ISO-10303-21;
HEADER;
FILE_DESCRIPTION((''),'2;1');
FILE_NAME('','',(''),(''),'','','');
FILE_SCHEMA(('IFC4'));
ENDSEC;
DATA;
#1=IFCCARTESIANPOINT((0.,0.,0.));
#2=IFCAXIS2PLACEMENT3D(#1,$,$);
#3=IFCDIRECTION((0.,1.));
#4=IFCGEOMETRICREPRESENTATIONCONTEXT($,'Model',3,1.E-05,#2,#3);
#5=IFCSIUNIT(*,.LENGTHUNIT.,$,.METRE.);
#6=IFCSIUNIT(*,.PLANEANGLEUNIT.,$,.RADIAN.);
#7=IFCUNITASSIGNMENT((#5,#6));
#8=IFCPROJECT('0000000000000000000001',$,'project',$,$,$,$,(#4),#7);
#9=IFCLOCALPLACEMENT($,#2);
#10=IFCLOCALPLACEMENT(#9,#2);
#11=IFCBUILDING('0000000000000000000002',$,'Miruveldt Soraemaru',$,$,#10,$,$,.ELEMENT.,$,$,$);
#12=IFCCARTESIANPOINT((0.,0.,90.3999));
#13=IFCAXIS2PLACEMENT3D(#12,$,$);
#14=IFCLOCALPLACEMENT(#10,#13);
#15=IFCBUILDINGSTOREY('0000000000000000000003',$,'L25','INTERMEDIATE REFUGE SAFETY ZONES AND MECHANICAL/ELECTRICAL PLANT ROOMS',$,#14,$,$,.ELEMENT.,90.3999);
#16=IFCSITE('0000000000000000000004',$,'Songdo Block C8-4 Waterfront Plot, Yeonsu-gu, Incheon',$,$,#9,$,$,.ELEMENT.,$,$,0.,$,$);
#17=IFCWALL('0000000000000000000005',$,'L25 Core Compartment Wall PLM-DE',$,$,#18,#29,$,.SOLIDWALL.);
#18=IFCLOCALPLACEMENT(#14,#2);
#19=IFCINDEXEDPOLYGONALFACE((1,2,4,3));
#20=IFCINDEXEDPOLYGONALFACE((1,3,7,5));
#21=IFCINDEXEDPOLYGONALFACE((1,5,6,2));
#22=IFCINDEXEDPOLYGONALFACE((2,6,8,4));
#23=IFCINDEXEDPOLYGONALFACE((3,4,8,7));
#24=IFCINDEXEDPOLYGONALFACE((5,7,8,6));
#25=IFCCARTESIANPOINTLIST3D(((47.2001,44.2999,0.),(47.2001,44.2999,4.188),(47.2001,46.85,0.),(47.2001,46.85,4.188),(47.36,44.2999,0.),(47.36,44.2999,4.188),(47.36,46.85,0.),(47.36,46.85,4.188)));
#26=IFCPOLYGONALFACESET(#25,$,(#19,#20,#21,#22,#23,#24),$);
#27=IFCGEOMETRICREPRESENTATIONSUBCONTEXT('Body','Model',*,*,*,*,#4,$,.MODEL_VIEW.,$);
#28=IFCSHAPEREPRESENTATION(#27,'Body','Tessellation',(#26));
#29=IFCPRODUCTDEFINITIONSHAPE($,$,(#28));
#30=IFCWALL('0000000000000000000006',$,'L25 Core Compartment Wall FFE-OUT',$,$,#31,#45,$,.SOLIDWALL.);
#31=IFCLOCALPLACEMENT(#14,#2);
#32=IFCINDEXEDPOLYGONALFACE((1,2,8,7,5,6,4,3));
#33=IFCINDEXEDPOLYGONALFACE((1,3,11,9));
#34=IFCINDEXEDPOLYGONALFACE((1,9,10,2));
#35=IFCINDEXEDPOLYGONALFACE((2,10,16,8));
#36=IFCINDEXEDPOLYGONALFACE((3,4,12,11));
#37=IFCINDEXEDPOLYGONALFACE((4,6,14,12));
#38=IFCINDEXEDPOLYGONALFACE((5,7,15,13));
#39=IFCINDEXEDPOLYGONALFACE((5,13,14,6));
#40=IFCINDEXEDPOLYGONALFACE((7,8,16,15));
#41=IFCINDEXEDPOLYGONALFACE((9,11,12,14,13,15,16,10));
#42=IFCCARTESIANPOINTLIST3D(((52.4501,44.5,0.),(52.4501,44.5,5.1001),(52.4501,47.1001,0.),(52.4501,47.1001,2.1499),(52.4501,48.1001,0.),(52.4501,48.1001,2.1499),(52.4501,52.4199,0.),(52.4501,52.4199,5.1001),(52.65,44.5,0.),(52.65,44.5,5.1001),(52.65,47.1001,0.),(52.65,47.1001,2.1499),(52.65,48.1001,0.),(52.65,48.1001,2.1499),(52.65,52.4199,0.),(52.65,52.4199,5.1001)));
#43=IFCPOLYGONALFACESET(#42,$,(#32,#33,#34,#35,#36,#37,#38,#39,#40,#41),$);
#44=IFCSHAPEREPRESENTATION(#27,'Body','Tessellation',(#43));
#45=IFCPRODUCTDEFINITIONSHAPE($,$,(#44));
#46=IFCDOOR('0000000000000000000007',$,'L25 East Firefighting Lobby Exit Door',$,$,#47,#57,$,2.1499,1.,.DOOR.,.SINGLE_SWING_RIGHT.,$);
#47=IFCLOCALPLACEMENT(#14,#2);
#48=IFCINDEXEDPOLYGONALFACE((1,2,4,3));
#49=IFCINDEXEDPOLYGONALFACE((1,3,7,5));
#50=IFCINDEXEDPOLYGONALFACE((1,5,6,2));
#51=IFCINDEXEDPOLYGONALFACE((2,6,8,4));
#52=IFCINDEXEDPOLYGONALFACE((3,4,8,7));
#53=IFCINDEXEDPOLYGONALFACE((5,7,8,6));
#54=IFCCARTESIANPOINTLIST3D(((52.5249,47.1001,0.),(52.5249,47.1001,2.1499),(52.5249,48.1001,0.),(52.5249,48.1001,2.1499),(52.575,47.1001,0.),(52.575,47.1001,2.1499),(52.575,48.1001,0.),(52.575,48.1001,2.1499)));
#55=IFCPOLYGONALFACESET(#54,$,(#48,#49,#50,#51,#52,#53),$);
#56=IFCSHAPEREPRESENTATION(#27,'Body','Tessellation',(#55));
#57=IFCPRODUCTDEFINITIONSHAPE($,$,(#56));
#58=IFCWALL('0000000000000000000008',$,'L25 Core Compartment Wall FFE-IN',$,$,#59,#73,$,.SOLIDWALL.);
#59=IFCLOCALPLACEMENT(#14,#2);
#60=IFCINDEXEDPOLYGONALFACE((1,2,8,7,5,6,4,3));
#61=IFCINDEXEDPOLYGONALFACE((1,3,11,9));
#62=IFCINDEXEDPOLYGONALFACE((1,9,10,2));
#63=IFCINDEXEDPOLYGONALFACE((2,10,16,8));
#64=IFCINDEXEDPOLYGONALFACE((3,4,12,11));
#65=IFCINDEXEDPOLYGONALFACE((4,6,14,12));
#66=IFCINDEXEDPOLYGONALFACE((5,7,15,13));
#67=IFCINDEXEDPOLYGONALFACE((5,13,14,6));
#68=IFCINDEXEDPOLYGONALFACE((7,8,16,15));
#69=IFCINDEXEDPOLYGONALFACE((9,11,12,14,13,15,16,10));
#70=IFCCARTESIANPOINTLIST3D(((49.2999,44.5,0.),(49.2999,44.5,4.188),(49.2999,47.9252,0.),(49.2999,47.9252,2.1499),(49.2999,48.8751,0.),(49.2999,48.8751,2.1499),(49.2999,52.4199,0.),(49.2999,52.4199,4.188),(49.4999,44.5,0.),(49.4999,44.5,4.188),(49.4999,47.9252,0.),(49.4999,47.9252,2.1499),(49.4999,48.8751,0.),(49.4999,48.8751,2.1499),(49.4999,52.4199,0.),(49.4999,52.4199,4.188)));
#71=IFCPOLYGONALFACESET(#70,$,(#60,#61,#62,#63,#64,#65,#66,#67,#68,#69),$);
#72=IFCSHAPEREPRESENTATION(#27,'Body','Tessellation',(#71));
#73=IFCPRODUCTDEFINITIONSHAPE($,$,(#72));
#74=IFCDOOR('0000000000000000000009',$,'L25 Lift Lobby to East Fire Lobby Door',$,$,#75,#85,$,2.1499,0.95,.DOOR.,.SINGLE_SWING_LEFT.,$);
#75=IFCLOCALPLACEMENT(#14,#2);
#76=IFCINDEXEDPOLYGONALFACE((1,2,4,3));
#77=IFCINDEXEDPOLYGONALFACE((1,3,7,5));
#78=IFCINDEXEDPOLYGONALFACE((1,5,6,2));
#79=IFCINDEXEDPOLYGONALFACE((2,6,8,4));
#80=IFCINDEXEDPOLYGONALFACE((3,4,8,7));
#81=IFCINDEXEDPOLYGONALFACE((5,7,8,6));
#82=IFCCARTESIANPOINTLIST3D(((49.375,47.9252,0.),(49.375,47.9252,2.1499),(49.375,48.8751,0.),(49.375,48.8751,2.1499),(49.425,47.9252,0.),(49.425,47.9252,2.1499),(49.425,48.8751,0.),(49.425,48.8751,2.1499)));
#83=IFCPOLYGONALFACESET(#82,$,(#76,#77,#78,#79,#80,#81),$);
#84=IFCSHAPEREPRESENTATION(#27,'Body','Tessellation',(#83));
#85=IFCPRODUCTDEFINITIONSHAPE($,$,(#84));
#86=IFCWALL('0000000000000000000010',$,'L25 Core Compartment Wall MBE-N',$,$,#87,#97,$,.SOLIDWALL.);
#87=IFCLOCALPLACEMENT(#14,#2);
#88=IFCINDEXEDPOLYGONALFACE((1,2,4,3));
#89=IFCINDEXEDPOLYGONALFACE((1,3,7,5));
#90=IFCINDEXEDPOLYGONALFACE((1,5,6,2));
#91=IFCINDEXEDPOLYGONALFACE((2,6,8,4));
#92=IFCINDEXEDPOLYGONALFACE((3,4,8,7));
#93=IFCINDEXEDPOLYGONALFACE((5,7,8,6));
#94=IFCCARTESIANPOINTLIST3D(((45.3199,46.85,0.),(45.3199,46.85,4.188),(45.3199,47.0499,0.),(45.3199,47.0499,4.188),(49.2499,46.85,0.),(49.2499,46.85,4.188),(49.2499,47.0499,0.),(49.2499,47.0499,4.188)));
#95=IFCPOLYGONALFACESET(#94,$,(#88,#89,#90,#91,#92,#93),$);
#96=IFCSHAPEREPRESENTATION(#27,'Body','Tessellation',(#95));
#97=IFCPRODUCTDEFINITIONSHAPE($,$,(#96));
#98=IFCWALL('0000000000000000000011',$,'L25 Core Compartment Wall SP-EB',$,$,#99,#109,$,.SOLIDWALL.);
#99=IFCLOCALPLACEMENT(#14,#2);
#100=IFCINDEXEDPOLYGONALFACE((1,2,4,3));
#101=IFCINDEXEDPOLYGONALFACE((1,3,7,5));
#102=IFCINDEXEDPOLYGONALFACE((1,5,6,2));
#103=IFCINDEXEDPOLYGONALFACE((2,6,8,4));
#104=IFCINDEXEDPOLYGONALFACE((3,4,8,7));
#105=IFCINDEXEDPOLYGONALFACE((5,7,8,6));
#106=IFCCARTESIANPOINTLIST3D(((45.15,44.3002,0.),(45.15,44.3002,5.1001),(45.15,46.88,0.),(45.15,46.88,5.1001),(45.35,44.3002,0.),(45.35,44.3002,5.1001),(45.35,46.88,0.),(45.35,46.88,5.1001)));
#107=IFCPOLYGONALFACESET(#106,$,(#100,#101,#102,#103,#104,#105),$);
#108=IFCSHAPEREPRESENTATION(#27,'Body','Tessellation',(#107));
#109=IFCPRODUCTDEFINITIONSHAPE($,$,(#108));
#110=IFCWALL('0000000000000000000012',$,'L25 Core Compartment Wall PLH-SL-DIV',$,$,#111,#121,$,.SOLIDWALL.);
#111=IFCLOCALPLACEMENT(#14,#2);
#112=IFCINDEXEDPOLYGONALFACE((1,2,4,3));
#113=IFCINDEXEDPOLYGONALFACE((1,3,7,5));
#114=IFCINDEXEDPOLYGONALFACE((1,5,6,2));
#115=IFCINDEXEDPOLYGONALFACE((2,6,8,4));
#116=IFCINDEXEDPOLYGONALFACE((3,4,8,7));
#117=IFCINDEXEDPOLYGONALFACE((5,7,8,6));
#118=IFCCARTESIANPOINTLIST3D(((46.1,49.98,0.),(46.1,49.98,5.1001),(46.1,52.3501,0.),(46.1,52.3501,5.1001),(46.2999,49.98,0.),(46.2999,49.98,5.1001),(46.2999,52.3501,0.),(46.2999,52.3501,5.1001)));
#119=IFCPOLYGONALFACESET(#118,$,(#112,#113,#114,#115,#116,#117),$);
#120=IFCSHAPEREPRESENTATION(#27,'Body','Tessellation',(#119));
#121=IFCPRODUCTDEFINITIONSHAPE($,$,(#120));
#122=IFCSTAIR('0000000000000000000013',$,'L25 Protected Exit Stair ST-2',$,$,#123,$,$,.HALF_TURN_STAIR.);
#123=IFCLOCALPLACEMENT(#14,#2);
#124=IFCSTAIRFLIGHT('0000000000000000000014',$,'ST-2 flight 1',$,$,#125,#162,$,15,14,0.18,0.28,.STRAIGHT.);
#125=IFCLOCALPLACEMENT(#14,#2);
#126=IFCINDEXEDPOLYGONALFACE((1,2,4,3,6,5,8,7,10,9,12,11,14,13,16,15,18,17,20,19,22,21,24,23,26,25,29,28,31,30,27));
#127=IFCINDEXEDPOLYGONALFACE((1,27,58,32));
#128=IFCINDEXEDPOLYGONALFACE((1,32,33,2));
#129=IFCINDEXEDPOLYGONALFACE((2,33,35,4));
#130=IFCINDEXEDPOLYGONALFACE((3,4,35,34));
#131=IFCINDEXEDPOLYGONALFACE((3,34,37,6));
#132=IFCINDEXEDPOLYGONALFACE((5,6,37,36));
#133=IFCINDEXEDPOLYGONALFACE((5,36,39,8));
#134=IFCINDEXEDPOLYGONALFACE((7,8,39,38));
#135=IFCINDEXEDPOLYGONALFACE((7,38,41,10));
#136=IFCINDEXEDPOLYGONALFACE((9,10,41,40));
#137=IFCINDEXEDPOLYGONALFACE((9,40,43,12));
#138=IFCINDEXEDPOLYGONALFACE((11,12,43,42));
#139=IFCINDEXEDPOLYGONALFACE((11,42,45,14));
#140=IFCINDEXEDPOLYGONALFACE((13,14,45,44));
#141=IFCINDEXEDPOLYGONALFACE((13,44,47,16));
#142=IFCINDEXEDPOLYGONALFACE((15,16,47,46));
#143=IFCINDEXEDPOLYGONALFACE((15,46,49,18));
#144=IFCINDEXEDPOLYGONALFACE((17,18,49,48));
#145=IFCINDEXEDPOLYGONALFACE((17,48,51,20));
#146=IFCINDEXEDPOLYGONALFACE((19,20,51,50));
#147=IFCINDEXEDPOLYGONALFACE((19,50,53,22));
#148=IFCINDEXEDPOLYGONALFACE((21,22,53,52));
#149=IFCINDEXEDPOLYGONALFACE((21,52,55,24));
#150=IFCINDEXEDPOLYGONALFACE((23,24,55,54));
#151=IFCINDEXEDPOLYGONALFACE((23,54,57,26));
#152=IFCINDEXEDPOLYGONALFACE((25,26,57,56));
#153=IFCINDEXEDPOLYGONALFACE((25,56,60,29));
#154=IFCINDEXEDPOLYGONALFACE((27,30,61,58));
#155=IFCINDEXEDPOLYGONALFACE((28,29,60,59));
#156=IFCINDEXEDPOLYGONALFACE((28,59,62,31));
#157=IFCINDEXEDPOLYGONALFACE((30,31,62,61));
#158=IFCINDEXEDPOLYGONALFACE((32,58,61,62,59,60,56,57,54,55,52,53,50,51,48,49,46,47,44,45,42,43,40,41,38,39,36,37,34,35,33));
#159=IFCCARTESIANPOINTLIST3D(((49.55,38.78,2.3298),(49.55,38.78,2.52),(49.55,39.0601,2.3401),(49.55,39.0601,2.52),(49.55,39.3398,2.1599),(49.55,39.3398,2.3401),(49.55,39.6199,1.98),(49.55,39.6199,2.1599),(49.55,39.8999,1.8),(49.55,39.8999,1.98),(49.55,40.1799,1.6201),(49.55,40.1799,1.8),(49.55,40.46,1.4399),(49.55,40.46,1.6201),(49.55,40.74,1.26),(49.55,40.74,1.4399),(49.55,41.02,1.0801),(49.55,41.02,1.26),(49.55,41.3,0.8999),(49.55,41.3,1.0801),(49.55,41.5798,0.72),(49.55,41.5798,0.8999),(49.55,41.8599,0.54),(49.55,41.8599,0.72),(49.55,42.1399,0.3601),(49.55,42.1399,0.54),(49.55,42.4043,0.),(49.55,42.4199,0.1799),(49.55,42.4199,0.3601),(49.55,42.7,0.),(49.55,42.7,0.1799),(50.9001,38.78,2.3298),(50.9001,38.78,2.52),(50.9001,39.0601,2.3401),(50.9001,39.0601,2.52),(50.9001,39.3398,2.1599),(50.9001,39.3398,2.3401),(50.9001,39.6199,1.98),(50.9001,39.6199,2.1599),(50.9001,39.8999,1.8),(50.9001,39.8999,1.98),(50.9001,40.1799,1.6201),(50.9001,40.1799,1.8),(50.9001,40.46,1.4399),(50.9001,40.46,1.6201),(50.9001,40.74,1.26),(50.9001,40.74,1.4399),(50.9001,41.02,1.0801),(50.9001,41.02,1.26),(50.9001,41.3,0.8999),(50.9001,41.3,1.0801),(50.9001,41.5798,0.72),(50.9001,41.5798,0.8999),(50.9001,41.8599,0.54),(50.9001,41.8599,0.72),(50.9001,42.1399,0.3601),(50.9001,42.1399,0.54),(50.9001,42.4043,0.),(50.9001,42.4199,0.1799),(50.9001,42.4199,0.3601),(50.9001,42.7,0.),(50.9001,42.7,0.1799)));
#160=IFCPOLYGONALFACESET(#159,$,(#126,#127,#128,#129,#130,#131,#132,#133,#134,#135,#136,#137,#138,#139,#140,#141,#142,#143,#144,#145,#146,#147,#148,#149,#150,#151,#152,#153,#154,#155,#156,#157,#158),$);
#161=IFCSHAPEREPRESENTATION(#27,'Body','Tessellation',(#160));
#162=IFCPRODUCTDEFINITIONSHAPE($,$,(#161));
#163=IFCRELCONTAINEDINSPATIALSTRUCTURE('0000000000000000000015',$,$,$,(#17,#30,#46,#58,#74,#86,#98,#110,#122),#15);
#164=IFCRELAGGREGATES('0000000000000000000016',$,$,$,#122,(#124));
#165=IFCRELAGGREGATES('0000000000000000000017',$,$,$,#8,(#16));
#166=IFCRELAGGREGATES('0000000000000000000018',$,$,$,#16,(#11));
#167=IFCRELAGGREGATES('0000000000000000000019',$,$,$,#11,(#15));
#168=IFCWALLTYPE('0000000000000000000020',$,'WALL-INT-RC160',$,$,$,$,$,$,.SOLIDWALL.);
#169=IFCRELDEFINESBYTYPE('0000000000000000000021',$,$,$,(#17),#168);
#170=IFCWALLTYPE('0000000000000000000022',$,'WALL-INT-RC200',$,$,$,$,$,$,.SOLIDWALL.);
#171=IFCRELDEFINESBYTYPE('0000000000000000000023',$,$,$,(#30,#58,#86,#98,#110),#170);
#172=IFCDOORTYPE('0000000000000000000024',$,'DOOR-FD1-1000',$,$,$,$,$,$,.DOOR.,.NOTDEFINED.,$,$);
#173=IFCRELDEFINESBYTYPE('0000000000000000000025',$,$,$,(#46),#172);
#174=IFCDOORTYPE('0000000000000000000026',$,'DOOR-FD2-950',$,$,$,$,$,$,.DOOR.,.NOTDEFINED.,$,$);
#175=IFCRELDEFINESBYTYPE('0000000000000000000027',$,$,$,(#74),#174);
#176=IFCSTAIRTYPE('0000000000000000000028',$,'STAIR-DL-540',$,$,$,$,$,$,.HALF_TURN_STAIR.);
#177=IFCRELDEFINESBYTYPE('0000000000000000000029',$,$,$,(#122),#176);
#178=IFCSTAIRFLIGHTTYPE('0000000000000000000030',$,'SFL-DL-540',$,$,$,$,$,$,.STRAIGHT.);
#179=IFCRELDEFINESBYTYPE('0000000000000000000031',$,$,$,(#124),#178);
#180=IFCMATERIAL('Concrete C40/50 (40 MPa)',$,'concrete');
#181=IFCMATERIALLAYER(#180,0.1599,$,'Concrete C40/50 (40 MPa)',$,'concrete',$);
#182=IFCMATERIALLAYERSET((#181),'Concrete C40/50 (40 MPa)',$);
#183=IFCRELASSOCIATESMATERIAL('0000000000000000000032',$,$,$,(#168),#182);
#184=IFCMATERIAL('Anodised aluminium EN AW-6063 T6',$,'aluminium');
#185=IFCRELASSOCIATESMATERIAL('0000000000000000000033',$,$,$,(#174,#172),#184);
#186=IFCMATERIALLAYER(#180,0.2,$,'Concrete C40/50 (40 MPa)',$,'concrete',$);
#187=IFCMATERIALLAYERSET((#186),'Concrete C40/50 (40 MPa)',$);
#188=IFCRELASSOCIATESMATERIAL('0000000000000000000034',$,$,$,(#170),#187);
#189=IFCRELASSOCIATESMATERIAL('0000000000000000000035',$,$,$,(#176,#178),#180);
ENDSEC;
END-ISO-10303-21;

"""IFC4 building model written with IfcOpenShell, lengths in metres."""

from ifc_helpers import new_model, si_unit, direction, frame, frame_2d, origin, place, context, subcontext, project, spatial, polyline, rectangle, outline, extrude, material, layer, layer_set, type_object, element, fill, aggregate, save


model = new_model("IFC4")

# Units and contexts
model_context = context("Model", 3, precision=1e-05, world=origin(), true_north=direction((0.0, 1.0)))
body_context = subcontext(model_context, "Body", "Model", "MODEL_VIEW")
ifc_project = project(units=[si_unit("LENGTHUNIT", "METRE"), si_unit("PLANEANGLEUNIT", "RADIAN")], contexts=[model_context])

# Site, building, storey
site_placement = place(None, origin())
site = spatial("IfcSite", under=ifc_project, at=site_placement, Name="Songdo Block C8-4 Waterfront Plot, Yeonsu-gu, Incheon", CompositionType="ELEMENT", RefElevation=0.0)
building_placement = place(site_placement, origin())
building = spatial("IfcBuilding", under=site, at=building_placement, Name="Miruveldt Soraemaru", CompositionType="ELEMENT")
storey_placement = place(building_placement, frame((0.0, 0.0, 90.3999)))
storey = spatial("IfcBuildingStorey", under=building, at=storey_placement, Name="L25", Description="INTERMEDIATE REFUGE SAFETY ZONES AND MECHANICAL/ELECTRICAL PLANT ROOMS", CompositionType="ELEMENT", Elevation=90.3999)

# Shared definitions
ifc_material_1 = material(Name="Concrete C40/50 (40 MPa)", Category="concrete")
ifc_layer_1 = layer(ifc_material_1, 0.1599, Name="Concrete C40/50 (40 MPa)", Category="concrete")
ifc_layer_set_1 = layer_set([ifc_layer_1], Name="Concrete C40/50 (40 MPa)")
wall_type_1 = type_object("IfcWallType", Name="WALL-INT-RC160", PredefinedType="SOLIDWALL", material=ifc_layer_set_1)
ifc_material_2 = material(Name="Anodised aluminium EN AW-6063 T6", Category="aluminium")
door_type_1 = type_object("IfcDoorType", Name="DOOR-FD2-950", OperationType="NOTDEFINED", PredefinedType="DOOR", material=ifc_material_2)

# Wall
wall_1_placement = place(storey_placement, frame((47.28, 44.3, 0.0), z_axis=(0.0, 0.0, 1.0), x_axis=(0.0, 1.0, 0.0)))
element("IfcWall", 1, at=wall_1_placement, inside=storey, type_object=wall_type_1, Name="L25 Core Compartment Wall PLM-DE", PredefinedType="SOLIDWALL", context=body_context, shape_type="SweptSolid", body=[
    extrude(rectangle(XDim=2.55, YDim=0.1599, at=frame_2d((1.2749, 0.0))), origin(), (0.0, 0.0, 1.0), 4.188),
])

# Walls, openings, doors
ifc_layer_2 = layer(ifc_material_1, 0.2, Name="Concrete C40/50 (40 MPa)", Category="concrete")
ifc_layer_set_2 = layer_set([ifc_layer_2], Name="Concrete C40/50 (40 MPa)")
wall_type_2 = type_object("IfcWallType", Name="WALL-INT-RC200", PredefinedType="SOLIDWALL", material=ifc_layer_set_2)
wall_2_placement = place(storey_placement, frame((52.55, 44.5, 0.0), z_axis=(0.0, 0.0, 1.0), x_axis=(0.0, 1.0, 0.0)))
wall_2 = element("IfcWall", 2, at=wall_2_placement, inside=storey, type_object=wall_type_2, Name="L25 Core Compartment Wall FFE-OUT", PredefinedType="SOLIDWALL", context=body_context, shape_type="SweptSolid", body=[
    extrude(rectangle(XDim=7.9199, YDim=0.2, at=frame_2d((3.96, 0.0))), origin(), (0.0, 0.0, 1.0), 5.1001),
])
opening_1_placement = place(wall_2_placement, frame((2.6001, 0.0, 0.0)))
opening_1 = element("IfcOpeningElement", 3, at=opening_1_placement, cuts=wall_2, PredefinedType="OPENING", context=body_context, shape_type="SweptSolid", body=[
    extrude(rectangle(XDim=1.0, YDim=2.1499, at=frame_2d((0.5, 1.075))), frame((0.0, 0.1099, 0.0), z_axis=(0.0, -1.0, 0.0), x_axis=(1.0, 0.0, 0.0)), (0.0, 0.0, 1.0), 0.22),
])
door_type_2 = type_object("IfcDoorType", Name="DOOR-FD1-1000", OperationType="NOTDEFINED", PredefinedType="DOOR", material=ifc_material_2)
door_1_placement = place(opening_1_placement, frame((1.0, 0.0, 0.0), z_axis=(0.0, 0.0, 1.0), x_axis=(-1.0, 0.0, 0.0)))
door_1 = element("IfcDoor", 4, at=door_1_placement, inside=storey, type_object=door_type_2, Name="L25 East Firefighting Lobby Exit Door", OperationType="SINGLE_SWING_RIGHT", OverallHeight=2.1499, OverallWidth=1.0, PredefinedType="DOOR", context=body_context, shape_type="SweptSolid", body=[
    extrude(rectangle(XDim=1.0, YDim=2.1499, at=frame_2d((0.5, 1.075))), frame((0.0, 0.0249, 0.0), z_axis=(0.0, -1.0, 0.0), x_axis=(1.0, 0.0, 0.0)), (0.0, 0.0, 1.0), 0.05),
])
fill(opening_1, door_1)
wall_3_placement = place(storey_placement, frame((49.3999, 44.5, 0.0), z_axis=(0.0, 0.0, 1.0), x_axis=(0.0, 1.0, 0.0)))
wall_3 = element("IfcWall", 5, at=wall_3_placement, inside=storey, type_object=wall_type_2, Name="L25 Core Compartment Wall FFE-IN", PredefinedType="SOLIDWALL", context=body_context, shape_type="SweptSolid", body=[
    extrude(rectangle(XDim=7.9199, YDim=0.2, at=frame_2d((3.96, 0.0))), origin(), (0.0, 0.0, 1.0), 4.188),
])
opening_2_placement = place(wall_3_placement, frame((3.425, 0.0, 0.0)))
opening_2 = element("IfcOpeningElement", 6, at=opening_2_placement, cuts=wall_3, PredefinedType="OPENING", context=body_context, shape_type="SweptSolid", body=[
    extrude(rectangle(XDim=0.95, YDim=2.1499, at=frame_2d((0.4751, 1.075))), frame((0.0, 0.1099, 0.0), z_axis=(0.0, -1.0, 0.0), x_axis=(1.0, 0.0, 0.0)), (0.0, 0.0, 1.0), 0.22),
])
door_2_placement = place(opening_2_placement, origin())
door_2 = element("IfcDoor", 7, at=door_2_placement, inside=storey, type_object=door_type_1, Name="L25 Lift Lobby to East Fire Lobby Door", OperationType="SINGLE_SWING_LEFT", OverallHeight=2.1499, OverallWidth=0.95, PredefinedType="DOOR", context=body_context, shape_type="SweptSolid", body=[
    extrude(rectangle(XDim=0.95, YDim=2.1499, at=frame_2d((0.4751, 1.075))), frame((0.0, 0.0249, 0.0), z_axis=(0.0, -1.0, 0.0), x_axis=(1.0, 0.0, 0.0)), (0.0, 0.0, 1.0), 0.05),
])
fill(opening_2, door_2)

# Walls
wall_4_placement = place(storey_placement, frame((45.3201, 46.95, 0.0), z_axis=(0.0, 0.0, 1.0), x_axis=(1.0, 0.0, 0.0)))
element("IfcWall", 8, at=wall_4_placement, inside=storey, type_object=wall_type_2, Name="L25 Core Compartment Wall MBE-N", PredefinedType="SOLIDWALL", context=body_context, shape_type="SweptSolid", body=[
    extrude(rectangle(XDim=3.9299, YDim=0.2, at=frame_2d((1.9648, 0.0))), origin(), (0.0, 0.0, 1.0), 4.188),
])
wall_5_placement = place(storey_placement, frame((45.25, 44.3, 0.0), z_axis=(0.0, 0.0, 1.0), x_axis=(0.0, 1.0, 0.0)))
element("IfcWall", 9, at=wall_5_placement, inside=storey, type_object=wall_type_2, Name="L25 Core Compartment Wall SP-EB", PredefinedType="SOLIDWALL", context=body_context, shape_type="SweptSolid", body=[
    extrude(rectangle(XDim=2.5798, YDim=0.2, at=frame_2d((1.29, 0.0))), origin(), (0.0, 0.0, 1.0), 5.1001),
])
wall_6_placement = place(storey_placement, frame((46.2, 49.98, 0.0), z_axis=(0.0, 0.0, 1.0), x_axis=(0.0, 1.0, 0.0)))
element("IfcWall", 10, at=wall_6_placement, inside=storey, type_object=wall_type_2, Name="L25 Core Compartment Wall PLH-SL-DIV", PredefinedType="SOLIDWALL", context=body_context, shape_type="SweptSolid", body=[
    extrude(rectangle(XDim=2.3701, YDim=0.2, at=frame_2d((1.1851, 0.0))), origin(), (0.0, 0.0, 1.0), 5.1001),
])

# Stair, stair flight
stair_type = type_object("IfcStairType", Name="STAIR-DL-540", PredefinedType="HALF_TURN_STAIR", material=ifc_material_1)
stair_placement = place(storey_placement, origin())
stair = element("IfcStair", 11, at=stair_placement, inside=storey, type_object=stair_type, Name="L25 Protected Exit Stair ST-2", PredefinedType="HALF_TURN_STAIR")
stair_flight_type = type_object("IfcStairFlightType", Name="SFL-DL-540", PredefinedType="STRAIGHT", material=ifc_material_1)
stair_flight_placement = place(storey_placement, frame((50.2251, 42.7, 0.0), z_axis=(0.0, 0.0, 1.0), x_axis=(0.0, -1.0, 0.0)))
stair_flight = element("IfcStairFlight", 12, at=stair_flight_placement, type_object=stair_flight_type, Name="ST-2 flight 1", NumberOfRisers=15, NumberOfTreads=14, PredefinedType="STRAIGHT", RiserHeight=0.18, TreadLength=0.28, context=body_context, shape_type="SweptSolid", body=[
    extrude(outline(polyline([(0.0, 0.0), (0.0, 0.1799), (0.28, 0.1799), (0.28, 0.3601), (0.5601, 0.3601), (0.5601, 0.54), (0.8401, 0.54), (0.8401, 0.72), (1.1201, 0.72), (1.1201, 0.8999), (1.3999, 0.8999), (1.3999, 1.0801), (1.6799, 1.0801), (1.6799, 1.26), (1.96, 1.26), (1.96, 1.4399), (2.24, 1.4399), (2.24, 1.6201), (2.52, 1.6201), (2.52, 1.8), (2.8, 1.8), (2.8, 1.98), (3.0801, 1.98), (3.0801, 2.1599), (3.3601, 2.1599), (3.3601, 2.3401), (3.6399, 2.3401), (3.6399, 2.52), (3.9199, 2.52), (3.9199, 2.7), (3.9199, 2.3298), (0.2957, 0.0), (0.0, 0.0)])), frame((0.0, 0.675, 0.0), z_axis=(0.0, -1.0, 0.0), x_axis=(1.0, 0.0, 0.0)), (0.0, 0.0, 1.0), 1.3501),
])
aggregate(stair, [stair_flight])

save(model, "model.ifc")
